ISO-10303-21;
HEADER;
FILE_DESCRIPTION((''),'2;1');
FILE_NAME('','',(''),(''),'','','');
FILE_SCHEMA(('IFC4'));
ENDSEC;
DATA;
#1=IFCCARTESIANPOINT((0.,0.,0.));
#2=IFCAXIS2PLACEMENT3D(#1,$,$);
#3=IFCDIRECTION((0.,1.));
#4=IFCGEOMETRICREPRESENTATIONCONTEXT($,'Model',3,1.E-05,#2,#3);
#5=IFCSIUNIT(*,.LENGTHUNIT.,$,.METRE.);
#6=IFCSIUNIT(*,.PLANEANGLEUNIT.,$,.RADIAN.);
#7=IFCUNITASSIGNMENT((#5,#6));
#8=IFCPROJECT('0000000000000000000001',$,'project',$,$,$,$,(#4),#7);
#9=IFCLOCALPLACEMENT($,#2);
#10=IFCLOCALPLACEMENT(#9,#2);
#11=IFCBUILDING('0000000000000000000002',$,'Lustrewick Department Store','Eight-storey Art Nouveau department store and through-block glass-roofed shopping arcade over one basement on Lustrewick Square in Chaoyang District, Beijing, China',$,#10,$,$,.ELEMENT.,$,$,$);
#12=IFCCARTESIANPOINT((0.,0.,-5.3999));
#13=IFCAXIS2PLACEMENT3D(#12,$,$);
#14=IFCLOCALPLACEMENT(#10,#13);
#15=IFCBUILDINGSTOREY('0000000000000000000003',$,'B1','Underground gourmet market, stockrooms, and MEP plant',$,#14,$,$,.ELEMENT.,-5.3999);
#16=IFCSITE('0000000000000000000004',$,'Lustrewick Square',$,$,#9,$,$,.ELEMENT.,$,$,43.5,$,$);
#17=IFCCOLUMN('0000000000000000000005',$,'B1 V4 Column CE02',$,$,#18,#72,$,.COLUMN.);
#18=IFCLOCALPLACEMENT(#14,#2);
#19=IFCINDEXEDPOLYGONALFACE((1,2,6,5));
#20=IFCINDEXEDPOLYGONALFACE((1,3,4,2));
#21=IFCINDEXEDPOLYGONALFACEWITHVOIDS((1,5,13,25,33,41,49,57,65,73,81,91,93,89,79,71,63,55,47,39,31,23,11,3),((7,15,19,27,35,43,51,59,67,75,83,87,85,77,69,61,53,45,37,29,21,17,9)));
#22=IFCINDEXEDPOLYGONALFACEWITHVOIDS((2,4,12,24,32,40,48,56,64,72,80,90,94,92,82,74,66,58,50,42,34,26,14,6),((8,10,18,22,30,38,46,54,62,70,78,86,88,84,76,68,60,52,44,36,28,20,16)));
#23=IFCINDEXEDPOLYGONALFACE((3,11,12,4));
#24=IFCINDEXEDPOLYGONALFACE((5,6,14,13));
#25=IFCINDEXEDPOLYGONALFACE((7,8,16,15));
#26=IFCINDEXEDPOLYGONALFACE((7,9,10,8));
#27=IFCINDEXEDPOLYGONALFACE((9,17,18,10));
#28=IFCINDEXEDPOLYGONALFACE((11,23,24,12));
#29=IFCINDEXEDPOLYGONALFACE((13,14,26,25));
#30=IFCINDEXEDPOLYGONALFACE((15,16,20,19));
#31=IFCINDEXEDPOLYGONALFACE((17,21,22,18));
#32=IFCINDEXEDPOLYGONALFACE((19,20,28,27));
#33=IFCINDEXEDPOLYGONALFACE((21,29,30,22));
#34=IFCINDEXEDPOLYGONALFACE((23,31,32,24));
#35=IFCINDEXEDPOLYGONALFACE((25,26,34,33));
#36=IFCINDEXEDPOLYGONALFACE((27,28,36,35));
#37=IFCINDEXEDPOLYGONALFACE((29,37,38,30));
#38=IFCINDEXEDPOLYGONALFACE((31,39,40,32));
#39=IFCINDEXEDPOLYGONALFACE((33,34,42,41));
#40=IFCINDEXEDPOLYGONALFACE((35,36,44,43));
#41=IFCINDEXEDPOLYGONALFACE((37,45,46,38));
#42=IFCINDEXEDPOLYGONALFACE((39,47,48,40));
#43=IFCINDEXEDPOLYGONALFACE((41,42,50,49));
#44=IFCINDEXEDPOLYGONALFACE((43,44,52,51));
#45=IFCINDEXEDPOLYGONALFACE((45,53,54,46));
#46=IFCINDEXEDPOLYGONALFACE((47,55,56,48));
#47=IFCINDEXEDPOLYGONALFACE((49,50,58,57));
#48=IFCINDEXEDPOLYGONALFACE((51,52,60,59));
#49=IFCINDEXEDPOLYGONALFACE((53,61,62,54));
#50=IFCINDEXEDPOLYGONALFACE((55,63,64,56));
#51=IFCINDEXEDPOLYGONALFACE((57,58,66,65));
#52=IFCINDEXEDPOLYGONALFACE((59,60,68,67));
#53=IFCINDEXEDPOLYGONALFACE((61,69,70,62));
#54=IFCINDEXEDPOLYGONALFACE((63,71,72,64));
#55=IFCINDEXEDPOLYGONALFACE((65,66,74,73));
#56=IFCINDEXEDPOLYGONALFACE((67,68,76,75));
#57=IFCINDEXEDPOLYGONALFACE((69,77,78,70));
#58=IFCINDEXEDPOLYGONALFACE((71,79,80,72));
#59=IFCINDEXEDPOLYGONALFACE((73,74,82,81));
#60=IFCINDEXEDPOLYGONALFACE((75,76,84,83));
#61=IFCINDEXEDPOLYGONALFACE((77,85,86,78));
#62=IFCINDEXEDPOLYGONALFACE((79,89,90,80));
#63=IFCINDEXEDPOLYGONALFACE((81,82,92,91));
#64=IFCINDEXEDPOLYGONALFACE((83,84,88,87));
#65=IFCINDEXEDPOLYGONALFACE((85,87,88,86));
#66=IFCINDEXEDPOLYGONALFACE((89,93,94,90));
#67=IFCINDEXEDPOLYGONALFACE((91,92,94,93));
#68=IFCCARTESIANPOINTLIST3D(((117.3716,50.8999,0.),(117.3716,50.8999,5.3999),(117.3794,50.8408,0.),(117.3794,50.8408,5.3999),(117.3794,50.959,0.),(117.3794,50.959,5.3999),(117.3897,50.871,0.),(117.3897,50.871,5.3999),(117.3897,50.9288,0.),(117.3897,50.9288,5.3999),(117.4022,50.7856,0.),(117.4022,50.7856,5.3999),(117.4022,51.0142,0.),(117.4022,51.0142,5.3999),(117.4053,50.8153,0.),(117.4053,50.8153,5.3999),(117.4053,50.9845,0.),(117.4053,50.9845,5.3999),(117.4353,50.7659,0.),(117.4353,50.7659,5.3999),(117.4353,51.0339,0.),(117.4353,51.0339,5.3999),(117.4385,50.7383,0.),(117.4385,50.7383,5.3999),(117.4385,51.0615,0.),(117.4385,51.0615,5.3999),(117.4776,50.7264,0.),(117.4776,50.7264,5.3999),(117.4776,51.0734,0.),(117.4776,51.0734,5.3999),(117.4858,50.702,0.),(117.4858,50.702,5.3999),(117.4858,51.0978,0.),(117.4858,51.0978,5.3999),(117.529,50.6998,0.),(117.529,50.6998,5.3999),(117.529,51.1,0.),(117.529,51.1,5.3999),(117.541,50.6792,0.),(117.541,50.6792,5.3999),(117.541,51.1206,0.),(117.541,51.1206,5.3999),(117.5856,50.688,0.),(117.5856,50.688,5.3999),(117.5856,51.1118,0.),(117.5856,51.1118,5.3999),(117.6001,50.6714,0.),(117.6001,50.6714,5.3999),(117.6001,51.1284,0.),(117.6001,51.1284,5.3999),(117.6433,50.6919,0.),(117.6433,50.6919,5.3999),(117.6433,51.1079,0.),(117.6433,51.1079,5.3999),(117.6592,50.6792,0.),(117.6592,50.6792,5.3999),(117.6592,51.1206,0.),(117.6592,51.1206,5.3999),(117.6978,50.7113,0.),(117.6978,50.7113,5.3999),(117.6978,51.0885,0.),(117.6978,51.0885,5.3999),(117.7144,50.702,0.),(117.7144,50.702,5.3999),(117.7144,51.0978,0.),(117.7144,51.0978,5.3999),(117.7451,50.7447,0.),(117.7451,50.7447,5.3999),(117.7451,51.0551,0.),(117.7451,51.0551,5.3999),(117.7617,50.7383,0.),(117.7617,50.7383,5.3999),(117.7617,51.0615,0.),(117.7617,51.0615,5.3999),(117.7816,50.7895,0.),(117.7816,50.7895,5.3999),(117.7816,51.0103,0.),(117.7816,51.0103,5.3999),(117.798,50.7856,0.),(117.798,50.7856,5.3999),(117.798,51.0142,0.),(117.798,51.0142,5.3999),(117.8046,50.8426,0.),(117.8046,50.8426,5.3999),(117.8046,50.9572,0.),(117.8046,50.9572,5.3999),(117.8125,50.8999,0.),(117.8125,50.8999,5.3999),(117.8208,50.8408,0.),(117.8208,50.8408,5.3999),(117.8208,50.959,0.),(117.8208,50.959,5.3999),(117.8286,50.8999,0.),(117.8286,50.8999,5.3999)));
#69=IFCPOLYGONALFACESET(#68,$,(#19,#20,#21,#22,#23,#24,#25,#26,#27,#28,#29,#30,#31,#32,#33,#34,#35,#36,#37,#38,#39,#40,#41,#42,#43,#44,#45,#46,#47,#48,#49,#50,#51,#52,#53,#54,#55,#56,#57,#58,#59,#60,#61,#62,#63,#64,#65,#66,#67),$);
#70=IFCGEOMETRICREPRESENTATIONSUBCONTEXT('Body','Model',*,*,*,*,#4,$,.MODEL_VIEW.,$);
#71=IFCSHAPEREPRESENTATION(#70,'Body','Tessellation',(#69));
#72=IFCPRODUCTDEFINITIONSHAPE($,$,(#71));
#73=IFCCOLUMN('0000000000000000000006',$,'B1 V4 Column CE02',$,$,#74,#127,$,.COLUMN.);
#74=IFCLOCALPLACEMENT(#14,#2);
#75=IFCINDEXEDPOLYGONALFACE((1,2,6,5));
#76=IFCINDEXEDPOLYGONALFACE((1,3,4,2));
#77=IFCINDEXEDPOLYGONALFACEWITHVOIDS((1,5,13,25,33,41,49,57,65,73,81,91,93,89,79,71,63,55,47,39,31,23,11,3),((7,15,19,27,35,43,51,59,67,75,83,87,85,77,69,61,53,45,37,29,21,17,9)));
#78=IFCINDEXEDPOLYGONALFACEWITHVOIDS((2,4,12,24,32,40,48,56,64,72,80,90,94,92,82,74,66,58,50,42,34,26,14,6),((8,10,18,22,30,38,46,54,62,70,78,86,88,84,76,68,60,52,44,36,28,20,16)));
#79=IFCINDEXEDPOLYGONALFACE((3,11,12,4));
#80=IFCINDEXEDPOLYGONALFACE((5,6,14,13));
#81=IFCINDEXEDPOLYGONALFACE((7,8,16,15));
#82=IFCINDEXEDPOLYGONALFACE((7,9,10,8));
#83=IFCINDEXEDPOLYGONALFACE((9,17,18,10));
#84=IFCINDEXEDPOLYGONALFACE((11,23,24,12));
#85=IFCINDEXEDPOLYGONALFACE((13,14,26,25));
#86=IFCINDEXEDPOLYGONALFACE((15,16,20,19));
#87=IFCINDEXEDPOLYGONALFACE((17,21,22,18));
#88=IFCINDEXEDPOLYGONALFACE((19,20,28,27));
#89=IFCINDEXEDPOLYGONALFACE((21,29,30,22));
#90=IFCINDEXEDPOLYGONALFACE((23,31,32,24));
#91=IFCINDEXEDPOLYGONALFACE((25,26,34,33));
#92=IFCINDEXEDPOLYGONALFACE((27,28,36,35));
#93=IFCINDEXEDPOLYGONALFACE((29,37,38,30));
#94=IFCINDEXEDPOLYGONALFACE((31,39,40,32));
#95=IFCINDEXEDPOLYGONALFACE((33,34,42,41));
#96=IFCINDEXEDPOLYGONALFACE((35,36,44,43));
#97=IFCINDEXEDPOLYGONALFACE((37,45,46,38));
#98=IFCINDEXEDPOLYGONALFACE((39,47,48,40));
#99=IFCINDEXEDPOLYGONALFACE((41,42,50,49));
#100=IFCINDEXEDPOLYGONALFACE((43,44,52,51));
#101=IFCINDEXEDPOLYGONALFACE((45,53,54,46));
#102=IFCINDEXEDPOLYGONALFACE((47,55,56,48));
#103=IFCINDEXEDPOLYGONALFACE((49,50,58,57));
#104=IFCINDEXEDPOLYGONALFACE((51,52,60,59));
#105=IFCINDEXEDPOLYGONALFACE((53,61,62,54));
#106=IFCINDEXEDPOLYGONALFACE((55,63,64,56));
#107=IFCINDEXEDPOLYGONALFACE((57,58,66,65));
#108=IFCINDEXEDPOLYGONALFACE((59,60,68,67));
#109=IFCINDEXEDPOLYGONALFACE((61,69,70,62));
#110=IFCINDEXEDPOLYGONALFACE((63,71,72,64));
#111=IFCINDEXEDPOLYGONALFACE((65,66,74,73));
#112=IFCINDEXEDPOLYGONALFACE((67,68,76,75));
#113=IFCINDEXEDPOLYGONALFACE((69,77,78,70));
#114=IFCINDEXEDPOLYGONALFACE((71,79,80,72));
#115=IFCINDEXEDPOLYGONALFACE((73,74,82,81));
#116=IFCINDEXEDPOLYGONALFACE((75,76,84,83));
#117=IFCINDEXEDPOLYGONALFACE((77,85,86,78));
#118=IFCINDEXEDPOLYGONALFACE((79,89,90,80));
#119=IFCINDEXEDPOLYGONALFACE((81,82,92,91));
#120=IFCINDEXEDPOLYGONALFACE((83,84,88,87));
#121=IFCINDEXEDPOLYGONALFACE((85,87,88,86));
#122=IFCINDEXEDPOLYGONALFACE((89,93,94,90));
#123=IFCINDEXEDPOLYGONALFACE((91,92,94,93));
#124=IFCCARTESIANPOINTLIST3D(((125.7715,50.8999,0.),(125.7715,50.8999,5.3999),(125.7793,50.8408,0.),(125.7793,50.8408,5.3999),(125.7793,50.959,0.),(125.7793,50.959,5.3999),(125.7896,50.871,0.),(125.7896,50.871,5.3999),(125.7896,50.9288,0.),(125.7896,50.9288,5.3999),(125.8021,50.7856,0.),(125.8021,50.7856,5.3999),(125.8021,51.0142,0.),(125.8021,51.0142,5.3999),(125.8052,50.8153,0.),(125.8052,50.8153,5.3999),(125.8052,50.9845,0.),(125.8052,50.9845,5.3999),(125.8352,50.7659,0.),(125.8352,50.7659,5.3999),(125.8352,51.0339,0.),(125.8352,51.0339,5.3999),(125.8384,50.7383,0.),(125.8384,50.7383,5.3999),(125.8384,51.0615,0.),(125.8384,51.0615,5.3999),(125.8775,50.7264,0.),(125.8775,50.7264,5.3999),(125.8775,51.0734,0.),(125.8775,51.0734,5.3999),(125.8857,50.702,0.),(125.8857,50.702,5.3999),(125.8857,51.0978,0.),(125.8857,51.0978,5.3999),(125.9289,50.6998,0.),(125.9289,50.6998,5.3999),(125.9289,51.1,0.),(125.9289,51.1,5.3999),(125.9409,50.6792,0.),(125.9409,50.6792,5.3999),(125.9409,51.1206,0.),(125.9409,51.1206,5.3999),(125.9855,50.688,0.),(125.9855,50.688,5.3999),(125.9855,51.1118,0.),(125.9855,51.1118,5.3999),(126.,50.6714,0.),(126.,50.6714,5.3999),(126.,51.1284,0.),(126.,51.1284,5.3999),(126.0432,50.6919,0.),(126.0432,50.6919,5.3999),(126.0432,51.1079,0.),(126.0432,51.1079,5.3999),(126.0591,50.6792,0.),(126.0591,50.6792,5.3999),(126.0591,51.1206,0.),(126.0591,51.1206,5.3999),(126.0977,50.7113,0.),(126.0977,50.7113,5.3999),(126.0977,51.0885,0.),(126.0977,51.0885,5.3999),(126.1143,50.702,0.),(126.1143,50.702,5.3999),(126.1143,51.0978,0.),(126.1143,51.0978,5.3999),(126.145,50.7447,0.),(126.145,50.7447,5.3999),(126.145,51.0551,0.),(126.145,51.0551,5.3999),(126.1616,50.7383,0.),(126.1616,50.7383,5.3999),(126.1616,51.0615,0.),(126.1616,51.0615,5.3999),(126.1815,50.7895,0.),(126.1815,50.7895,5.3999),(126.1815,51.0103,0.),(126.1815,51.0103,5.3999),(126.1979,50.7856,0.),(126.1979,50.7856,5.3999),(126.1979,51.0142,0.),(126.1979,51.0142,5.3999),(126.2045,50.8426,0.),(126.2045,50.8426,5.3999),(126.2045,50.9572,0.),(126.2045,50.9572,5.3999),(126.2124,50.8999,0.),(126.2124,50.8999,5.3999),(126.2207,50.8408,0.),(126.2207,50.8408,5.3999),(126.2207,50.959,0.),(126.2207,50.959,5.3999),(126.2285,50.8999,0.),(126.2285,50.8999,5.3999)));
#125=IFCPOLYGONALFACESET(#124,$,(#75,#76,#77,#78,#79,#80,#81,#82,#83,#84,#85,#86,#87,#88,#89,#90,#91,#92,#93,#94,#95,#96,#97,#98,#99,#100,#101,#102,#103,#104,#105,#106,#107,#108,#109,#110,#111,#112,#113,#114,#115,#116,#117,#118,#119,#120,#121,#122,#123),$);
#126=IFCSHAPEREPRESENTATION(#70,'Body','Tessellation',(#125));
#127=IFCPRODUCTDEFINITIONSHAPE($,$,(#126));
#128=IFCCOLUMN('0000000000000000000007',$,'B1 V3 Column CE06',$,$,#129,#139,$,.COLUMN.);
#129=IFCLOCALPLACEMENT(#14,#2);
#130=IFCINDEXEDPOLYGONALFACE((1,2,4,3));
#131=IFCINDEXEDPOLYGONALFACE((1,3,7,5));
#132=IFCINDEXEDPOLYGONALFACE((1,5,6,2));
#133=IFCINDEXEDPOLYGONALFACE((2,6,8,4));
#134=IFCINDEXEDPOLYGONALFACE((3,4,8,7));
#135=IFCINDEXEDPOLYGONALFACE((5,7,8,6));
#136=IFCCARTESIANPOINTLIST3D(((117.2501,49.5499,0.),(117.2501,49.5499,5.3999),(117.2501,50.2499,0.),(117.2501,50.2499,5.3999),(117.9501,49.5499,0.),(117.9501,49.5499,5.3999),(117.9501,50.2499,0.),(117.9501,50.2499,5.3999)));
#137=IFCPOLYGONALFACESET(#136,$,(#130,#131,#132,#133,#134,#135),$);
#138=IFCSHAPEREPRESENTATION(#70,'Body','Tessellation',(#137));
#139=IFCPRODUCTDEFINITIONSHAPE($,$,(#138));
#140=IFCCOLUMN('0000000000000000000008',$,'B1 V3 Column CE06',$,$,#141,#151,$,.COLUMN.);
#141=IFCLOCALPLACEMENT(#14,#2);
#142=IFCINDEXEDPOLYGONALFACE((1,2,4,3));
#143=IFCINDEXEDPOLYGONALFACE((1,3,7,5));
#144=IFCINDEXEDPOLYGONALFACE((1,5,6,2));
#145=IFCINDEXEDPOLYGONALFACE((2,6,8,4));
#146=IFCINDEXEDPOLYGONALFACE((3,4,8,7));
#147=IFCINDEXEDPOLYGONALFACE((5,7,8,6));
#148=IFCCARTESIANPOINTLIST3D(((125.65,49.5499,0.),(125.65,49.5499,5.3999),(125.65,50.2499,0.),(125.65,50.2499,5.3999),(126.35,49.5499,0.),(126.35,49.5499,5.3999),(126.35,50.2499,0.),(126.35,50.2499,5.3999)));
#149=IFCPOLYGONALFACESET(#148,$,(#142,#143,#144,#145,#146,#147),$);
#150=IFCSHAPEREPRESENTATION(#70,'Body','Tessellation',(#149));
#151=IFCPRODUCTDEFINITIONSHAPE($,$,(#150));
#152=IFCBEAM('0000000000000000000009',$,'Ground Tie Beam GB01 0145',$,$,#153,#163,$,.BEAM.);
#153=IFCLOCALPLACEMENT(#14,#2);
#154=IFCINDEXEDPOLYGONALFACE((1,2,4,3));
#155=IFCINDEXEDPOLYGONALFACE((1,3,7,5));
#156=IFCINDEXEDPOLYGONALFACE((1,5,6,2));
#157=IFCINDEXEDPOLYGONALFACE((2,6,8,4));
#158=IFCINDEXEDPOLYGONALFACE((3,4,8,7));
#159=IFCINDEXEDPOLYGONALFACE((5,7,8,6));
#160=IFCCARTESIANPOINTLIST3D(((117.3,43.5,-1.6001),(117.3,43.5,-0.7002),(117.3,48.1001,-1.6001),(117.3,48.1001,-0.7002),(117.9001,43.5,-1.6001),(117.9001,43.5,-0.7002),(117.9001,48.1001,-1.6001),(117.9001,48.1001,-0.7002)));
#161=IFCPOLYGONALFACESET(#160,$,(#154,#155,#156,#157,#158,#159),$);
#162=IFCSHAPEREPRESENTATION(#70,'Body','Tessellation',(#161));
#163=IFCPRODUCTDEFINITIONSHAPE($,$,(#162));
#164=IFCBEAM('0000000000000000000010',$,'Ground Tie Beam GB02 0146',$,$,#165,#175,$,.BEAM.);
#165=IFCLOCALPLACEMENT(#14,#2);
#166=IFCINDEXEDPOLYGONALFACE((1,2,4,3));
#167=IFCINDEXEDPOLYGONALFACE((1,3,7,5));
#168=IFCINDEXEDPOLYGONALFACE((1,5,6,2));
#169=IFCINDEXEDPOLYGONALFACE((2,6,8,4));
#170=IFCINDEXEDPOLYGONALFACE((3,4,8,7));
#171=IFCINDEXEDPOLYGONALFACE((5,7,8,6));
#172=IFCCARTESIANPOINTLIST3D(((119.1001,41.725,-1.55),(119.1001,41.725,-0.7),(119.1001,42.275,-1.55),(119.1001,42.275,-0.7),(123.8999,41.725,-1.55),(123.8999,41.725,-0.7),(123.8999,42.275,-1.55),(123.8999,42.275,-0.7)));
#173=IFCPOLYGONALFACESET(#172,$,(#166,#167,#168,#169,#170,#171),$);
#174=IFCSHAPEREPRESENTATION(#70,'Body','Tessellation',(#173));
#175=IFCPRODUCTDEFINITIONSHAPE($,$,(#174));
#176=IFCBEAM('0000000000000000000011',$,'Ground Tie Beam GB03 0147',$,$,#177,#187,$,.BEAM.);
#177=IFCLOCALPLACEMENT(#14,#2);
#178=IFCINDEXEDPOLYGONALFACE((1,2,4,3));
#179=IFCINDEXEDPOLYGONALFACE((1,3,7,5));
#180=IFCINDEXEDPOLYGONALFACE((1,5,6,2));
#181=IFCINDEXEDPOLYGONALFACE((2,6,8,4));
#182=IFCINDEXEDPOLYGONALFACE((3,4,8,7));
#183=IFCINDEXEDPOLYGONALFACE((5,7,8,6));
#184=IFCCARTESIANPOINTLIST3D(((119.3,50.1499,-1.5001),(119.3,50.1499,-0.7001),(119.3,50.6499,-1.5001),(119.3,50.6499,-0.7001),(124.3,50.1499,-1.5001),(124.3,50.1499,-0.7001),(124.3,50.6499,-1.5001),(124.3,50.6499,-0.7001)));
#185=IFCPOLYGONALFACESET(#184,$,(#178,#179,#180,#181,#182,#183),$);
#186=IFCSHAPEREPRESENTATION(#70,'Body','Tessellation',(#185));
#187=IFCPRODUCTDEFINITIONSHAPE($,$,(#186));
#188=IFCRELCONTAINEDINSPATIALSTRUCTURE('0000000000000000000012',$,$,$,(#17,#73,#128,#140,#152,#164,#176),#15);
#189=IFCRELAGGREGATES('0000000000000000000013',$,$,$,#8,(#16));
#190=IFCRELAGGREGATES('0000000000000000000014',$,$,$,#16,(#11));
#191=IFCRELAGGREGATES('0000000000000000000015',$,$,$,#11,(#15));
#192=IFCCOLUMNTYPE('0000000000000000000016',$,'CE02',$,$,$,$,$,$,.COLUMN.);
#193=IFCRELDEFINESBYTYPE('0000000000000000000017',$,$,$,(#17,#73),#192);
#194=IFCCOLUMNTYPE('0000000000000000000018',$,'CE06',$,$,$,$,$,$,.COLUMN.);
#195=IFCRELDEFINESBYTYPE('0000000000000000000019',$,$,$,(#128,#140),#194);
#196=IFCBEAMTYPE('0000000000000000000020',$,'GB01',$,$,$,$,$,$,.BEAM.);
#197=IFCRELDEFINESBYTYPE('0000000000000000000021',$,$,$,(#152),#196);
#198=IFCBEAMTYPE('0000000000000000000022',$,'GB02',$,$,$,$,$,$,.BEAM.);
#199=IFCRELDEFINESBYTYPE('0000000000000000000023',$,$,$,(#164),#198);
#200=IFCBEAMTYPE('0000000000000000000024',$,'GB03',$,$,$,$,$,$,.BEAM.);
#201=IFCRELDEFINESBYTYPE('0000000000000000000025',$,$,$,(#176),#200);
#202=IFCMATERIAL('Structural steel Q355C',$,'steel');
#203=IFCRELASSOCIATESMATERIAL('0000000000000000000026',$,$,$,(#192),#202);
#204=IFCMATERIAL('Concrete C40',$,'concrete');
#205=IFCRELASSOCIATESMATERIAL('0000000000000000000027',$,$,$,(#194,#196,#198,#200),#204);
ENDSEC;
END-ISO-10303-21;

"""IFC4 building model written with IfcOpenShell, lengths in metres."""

from ifc_helpers import new_model, si_unit, direction, frame, origin, origin_2d, place, context, subcontext, project, spatial, rectangle, hollow_circle, extrude, material, material_profile, profile_set, type_object, element, save


model = new_model("IFC4")

# Units and contexts
model_context = context("Model", 3, precision=1e-05, world=origin(), true_north=direction((0.0, 1.0)))
body_context = subcontext(model_context, "Body", "Model", "MODEL_VIEW")
ifc_project = project(units=[si_unit("LENGTHUNIT", "METRE"), si_unit("PLANEANGLEUNIT", "RADIAN")], contexts=[model_context])

# Site, building, storey
site_placement = place(None, origin())
site = spatial("IfcSite", under=ifc_project, at=site_placement, Name="Lustrewick Square", CompositionType="ELEMENT", RefElevation=43.5)
building_placement = place(site_placement, origin())
building = spatial("IfcBuilding", under=site, at=building_placement, Name="Lustrewick Department Store", Description="Eight-storey Art Nouveau department store and through-block glass-roofed shopping arcade over one basement on Lustrewick Square in Chaoyang District, Beijing, China", CompositionType="ELEMENT")
storey_placement = place(building_placement, frame((0.0, 0.0, -5.3999)))
storey = spatial("IfcBuildingStorey", under=building, at=storey_placement, Name="B1", Description="Underground gourmet market, stockrooms, and MEP plant", CompositionType="ELEMENT", Elevation=-5.3999)

# Shared definitions
ifc_material_1 = material(Name="Concrete C40", Category="concrete")

# Columns
ifc_material_2 = material(Name="Structural steel Q355C", Category="steel")
ifc_material_profile_1 = material_profile(ifc_material_2, hollow_circle(Radius=0.2285, WallThickness=0.0161, at=origin_2d()), Name="CHS 457x16")
ifc_profile_set_1 = profile_set([ifc_material_profile_1], Name="Structural steel Q355C")
column_type_1 = type_object("IfcColumnType", Name="CE02", PredefinedType="COLUMN", material=ifc_profile_set_1)
for number, where, z_axis, x_axis, name in (
    (1, (117.6001, 50.8999, 0.0), (0.0, 0.0, 1.0), (1.0, 0.0, 0.0), "B1 V4 Column CE02"),
    (2, (126.0, 50.8999, 0.0), (0.0, 0.0, 1.0), (1.0, 0.0, 0.0), "B1 V4 Column CE02"),
):
    element("IfcColumn", number, at=place(storey_placement, frame(where, z_axis=z_axis, x_axis=x_axis)), inside=storey, type_object=column_type_1, Name=name, PredefinedType="COLUMN", context=body_context, shape_type="SweptSolid", body=[
        extrude(hollow_circle(Radius=0.2285, WallThickness=0.0161, at=origin_2d()), origin(), (0.0, 0.0, 1.0), 5.3999),
    ])
ifc_material_profile_2 = material_profile(ifc_material_1, rectangle(XDim=0.7, YDim=0.7, at=origin_2d()), Name="RC 700x700")
ifc_profile_set_2 = profile_set([ifc_material_profile_2], Name="Concrete C40")
column_type_2 = type_object("IfcColumnType", Name="CE06", PredefinedType="COLUMN", material=ifc_profile_set_2)
for number, where, z_axis, x_axis, name in (
    (3, (117.6001, 49.8999, 0.0), (0.0, 0.0, 1.0), (1.0, 0.0, 0.0), "B1 V3 Column CE06"),
    (4, (126.0, 49.8999, 0.0), (0.0, 0.0, 1.0), (1.0, 0.0, 0.0), "B1 V3 Column CE06"),
):
    element("IfcColumn", number, at=place(storey_placement, frame(where, z_axis=z_axis, x_axis=x_axis)), inside=storey, type_object=column_type_2, Name=name, PredefinedType="COLUMN", context=body_context, shape_type="SweptSolid", body=[
        extrude(rectangle(XDim=0.7, YDim=0.7, at=origin_2d()), origin(), (0.0, 0.0, 1.0), 5.3999),
    ])

# Beams
ifc_material_profile_3 = material_profile(ifc_material_1, rectangle(XDim=0.6001, YDim=0.8999, at=origin_2d()), Name="RC 600x900")
ifc_profile_set_3 = profile_set([ifc_material_profile_3], Name="Concrete C40")
beam_type_1 = type_object("IfcBeamType", Name="GB01", PredefinedType="BEAM", material=ifc_profile_set_3)
beam_1_placement = place(storey_placement, frame((117.6001, 43.5, -1.1501), z_axis=(0.0, 1.0, 0.0), x_axis=(-1.0, 0.0, 0.0)))
element("IfcBeam", 5, at=beam_1_placement, inside=storey, type_object=beam_type_1, Name="Ground Tie Beam GB01 0145", PredefinedType="BEAM", context=body_context, shape_type="SweptSolid", body=[
    extrude(rectangle(XDim=0.6001, YDim=0.8999, at=origin_2d()), origin(), (0.0, 0.0, 1.0), 4.6001),
])
ifc_material_profile_4 = material_profile(ifc_material_1, rectangle(XDim=0.55, YDim=0.8501, at=origin_2d()), Name="RC 550x850")
ifc_profile_set_4 = profile_set([ifc_material_profile_4], Name="Concrete C40")
beam_type_2 = type_object("IfcBeamType", Name="GB02", PredefinedType="BEAM", material=ifc_profile_set_4)
beam_2_placement = place(storey_placement, frame((119.1001, 42.0, -1.125), z_axis=(1.0, 0.0, 0.0), x_axis=(0.0, 1.0, 0.0)))
element("IfcBeam", 6, at=beam_2_placement, inside=storey, type_object=beam_type_2, Name="Ground Tie Beam GB02 0146", PredefinedType="BEAM", context=body_context, shape_type="SweptSolid", body=[
    extrude(rectangle(XDim=0.55, YDim=0.8501, at=origin_2d()), origin(), (0.0, 0.0, 1.0), 4.7998),
])
ifc_material_profile_5 = material_profile(ifc_material_1, rectangle(XDim=0.5, YDim=0.8, at=origin_2d()), Name="RC 500x800")
ifc_profile_set_5 = profile_set([ifc_material_profile_5], Name="Concrete C40")
beam_type_3 = type_object("IfcBeamType", Name="GB03", PredefinedType="BEAM", material=ifc_profile_set_5)
beam_3_placement = place(storey_placement, frame((119.3, 50.3999, -1.1001), z_axis=(1.0, 0.0, 0.0), x_axis=(0.0, 1.0, 0.0)))
element("IfcBeam", 7, at=beam_3_placement, inside=storey, type_object=beam_type_3, Name="Ground Tie Beam GB03 0147", PredefinedType="BEAM", context=body_context, shape_type="SweptSolid", body=[
    extrude(rectangle(XDim=0.5, YDim=0.8, at=origin_2d()), origin(), (0.0, 0.0, 1.0), 5.0),
])

save(model, "model.ifc")
